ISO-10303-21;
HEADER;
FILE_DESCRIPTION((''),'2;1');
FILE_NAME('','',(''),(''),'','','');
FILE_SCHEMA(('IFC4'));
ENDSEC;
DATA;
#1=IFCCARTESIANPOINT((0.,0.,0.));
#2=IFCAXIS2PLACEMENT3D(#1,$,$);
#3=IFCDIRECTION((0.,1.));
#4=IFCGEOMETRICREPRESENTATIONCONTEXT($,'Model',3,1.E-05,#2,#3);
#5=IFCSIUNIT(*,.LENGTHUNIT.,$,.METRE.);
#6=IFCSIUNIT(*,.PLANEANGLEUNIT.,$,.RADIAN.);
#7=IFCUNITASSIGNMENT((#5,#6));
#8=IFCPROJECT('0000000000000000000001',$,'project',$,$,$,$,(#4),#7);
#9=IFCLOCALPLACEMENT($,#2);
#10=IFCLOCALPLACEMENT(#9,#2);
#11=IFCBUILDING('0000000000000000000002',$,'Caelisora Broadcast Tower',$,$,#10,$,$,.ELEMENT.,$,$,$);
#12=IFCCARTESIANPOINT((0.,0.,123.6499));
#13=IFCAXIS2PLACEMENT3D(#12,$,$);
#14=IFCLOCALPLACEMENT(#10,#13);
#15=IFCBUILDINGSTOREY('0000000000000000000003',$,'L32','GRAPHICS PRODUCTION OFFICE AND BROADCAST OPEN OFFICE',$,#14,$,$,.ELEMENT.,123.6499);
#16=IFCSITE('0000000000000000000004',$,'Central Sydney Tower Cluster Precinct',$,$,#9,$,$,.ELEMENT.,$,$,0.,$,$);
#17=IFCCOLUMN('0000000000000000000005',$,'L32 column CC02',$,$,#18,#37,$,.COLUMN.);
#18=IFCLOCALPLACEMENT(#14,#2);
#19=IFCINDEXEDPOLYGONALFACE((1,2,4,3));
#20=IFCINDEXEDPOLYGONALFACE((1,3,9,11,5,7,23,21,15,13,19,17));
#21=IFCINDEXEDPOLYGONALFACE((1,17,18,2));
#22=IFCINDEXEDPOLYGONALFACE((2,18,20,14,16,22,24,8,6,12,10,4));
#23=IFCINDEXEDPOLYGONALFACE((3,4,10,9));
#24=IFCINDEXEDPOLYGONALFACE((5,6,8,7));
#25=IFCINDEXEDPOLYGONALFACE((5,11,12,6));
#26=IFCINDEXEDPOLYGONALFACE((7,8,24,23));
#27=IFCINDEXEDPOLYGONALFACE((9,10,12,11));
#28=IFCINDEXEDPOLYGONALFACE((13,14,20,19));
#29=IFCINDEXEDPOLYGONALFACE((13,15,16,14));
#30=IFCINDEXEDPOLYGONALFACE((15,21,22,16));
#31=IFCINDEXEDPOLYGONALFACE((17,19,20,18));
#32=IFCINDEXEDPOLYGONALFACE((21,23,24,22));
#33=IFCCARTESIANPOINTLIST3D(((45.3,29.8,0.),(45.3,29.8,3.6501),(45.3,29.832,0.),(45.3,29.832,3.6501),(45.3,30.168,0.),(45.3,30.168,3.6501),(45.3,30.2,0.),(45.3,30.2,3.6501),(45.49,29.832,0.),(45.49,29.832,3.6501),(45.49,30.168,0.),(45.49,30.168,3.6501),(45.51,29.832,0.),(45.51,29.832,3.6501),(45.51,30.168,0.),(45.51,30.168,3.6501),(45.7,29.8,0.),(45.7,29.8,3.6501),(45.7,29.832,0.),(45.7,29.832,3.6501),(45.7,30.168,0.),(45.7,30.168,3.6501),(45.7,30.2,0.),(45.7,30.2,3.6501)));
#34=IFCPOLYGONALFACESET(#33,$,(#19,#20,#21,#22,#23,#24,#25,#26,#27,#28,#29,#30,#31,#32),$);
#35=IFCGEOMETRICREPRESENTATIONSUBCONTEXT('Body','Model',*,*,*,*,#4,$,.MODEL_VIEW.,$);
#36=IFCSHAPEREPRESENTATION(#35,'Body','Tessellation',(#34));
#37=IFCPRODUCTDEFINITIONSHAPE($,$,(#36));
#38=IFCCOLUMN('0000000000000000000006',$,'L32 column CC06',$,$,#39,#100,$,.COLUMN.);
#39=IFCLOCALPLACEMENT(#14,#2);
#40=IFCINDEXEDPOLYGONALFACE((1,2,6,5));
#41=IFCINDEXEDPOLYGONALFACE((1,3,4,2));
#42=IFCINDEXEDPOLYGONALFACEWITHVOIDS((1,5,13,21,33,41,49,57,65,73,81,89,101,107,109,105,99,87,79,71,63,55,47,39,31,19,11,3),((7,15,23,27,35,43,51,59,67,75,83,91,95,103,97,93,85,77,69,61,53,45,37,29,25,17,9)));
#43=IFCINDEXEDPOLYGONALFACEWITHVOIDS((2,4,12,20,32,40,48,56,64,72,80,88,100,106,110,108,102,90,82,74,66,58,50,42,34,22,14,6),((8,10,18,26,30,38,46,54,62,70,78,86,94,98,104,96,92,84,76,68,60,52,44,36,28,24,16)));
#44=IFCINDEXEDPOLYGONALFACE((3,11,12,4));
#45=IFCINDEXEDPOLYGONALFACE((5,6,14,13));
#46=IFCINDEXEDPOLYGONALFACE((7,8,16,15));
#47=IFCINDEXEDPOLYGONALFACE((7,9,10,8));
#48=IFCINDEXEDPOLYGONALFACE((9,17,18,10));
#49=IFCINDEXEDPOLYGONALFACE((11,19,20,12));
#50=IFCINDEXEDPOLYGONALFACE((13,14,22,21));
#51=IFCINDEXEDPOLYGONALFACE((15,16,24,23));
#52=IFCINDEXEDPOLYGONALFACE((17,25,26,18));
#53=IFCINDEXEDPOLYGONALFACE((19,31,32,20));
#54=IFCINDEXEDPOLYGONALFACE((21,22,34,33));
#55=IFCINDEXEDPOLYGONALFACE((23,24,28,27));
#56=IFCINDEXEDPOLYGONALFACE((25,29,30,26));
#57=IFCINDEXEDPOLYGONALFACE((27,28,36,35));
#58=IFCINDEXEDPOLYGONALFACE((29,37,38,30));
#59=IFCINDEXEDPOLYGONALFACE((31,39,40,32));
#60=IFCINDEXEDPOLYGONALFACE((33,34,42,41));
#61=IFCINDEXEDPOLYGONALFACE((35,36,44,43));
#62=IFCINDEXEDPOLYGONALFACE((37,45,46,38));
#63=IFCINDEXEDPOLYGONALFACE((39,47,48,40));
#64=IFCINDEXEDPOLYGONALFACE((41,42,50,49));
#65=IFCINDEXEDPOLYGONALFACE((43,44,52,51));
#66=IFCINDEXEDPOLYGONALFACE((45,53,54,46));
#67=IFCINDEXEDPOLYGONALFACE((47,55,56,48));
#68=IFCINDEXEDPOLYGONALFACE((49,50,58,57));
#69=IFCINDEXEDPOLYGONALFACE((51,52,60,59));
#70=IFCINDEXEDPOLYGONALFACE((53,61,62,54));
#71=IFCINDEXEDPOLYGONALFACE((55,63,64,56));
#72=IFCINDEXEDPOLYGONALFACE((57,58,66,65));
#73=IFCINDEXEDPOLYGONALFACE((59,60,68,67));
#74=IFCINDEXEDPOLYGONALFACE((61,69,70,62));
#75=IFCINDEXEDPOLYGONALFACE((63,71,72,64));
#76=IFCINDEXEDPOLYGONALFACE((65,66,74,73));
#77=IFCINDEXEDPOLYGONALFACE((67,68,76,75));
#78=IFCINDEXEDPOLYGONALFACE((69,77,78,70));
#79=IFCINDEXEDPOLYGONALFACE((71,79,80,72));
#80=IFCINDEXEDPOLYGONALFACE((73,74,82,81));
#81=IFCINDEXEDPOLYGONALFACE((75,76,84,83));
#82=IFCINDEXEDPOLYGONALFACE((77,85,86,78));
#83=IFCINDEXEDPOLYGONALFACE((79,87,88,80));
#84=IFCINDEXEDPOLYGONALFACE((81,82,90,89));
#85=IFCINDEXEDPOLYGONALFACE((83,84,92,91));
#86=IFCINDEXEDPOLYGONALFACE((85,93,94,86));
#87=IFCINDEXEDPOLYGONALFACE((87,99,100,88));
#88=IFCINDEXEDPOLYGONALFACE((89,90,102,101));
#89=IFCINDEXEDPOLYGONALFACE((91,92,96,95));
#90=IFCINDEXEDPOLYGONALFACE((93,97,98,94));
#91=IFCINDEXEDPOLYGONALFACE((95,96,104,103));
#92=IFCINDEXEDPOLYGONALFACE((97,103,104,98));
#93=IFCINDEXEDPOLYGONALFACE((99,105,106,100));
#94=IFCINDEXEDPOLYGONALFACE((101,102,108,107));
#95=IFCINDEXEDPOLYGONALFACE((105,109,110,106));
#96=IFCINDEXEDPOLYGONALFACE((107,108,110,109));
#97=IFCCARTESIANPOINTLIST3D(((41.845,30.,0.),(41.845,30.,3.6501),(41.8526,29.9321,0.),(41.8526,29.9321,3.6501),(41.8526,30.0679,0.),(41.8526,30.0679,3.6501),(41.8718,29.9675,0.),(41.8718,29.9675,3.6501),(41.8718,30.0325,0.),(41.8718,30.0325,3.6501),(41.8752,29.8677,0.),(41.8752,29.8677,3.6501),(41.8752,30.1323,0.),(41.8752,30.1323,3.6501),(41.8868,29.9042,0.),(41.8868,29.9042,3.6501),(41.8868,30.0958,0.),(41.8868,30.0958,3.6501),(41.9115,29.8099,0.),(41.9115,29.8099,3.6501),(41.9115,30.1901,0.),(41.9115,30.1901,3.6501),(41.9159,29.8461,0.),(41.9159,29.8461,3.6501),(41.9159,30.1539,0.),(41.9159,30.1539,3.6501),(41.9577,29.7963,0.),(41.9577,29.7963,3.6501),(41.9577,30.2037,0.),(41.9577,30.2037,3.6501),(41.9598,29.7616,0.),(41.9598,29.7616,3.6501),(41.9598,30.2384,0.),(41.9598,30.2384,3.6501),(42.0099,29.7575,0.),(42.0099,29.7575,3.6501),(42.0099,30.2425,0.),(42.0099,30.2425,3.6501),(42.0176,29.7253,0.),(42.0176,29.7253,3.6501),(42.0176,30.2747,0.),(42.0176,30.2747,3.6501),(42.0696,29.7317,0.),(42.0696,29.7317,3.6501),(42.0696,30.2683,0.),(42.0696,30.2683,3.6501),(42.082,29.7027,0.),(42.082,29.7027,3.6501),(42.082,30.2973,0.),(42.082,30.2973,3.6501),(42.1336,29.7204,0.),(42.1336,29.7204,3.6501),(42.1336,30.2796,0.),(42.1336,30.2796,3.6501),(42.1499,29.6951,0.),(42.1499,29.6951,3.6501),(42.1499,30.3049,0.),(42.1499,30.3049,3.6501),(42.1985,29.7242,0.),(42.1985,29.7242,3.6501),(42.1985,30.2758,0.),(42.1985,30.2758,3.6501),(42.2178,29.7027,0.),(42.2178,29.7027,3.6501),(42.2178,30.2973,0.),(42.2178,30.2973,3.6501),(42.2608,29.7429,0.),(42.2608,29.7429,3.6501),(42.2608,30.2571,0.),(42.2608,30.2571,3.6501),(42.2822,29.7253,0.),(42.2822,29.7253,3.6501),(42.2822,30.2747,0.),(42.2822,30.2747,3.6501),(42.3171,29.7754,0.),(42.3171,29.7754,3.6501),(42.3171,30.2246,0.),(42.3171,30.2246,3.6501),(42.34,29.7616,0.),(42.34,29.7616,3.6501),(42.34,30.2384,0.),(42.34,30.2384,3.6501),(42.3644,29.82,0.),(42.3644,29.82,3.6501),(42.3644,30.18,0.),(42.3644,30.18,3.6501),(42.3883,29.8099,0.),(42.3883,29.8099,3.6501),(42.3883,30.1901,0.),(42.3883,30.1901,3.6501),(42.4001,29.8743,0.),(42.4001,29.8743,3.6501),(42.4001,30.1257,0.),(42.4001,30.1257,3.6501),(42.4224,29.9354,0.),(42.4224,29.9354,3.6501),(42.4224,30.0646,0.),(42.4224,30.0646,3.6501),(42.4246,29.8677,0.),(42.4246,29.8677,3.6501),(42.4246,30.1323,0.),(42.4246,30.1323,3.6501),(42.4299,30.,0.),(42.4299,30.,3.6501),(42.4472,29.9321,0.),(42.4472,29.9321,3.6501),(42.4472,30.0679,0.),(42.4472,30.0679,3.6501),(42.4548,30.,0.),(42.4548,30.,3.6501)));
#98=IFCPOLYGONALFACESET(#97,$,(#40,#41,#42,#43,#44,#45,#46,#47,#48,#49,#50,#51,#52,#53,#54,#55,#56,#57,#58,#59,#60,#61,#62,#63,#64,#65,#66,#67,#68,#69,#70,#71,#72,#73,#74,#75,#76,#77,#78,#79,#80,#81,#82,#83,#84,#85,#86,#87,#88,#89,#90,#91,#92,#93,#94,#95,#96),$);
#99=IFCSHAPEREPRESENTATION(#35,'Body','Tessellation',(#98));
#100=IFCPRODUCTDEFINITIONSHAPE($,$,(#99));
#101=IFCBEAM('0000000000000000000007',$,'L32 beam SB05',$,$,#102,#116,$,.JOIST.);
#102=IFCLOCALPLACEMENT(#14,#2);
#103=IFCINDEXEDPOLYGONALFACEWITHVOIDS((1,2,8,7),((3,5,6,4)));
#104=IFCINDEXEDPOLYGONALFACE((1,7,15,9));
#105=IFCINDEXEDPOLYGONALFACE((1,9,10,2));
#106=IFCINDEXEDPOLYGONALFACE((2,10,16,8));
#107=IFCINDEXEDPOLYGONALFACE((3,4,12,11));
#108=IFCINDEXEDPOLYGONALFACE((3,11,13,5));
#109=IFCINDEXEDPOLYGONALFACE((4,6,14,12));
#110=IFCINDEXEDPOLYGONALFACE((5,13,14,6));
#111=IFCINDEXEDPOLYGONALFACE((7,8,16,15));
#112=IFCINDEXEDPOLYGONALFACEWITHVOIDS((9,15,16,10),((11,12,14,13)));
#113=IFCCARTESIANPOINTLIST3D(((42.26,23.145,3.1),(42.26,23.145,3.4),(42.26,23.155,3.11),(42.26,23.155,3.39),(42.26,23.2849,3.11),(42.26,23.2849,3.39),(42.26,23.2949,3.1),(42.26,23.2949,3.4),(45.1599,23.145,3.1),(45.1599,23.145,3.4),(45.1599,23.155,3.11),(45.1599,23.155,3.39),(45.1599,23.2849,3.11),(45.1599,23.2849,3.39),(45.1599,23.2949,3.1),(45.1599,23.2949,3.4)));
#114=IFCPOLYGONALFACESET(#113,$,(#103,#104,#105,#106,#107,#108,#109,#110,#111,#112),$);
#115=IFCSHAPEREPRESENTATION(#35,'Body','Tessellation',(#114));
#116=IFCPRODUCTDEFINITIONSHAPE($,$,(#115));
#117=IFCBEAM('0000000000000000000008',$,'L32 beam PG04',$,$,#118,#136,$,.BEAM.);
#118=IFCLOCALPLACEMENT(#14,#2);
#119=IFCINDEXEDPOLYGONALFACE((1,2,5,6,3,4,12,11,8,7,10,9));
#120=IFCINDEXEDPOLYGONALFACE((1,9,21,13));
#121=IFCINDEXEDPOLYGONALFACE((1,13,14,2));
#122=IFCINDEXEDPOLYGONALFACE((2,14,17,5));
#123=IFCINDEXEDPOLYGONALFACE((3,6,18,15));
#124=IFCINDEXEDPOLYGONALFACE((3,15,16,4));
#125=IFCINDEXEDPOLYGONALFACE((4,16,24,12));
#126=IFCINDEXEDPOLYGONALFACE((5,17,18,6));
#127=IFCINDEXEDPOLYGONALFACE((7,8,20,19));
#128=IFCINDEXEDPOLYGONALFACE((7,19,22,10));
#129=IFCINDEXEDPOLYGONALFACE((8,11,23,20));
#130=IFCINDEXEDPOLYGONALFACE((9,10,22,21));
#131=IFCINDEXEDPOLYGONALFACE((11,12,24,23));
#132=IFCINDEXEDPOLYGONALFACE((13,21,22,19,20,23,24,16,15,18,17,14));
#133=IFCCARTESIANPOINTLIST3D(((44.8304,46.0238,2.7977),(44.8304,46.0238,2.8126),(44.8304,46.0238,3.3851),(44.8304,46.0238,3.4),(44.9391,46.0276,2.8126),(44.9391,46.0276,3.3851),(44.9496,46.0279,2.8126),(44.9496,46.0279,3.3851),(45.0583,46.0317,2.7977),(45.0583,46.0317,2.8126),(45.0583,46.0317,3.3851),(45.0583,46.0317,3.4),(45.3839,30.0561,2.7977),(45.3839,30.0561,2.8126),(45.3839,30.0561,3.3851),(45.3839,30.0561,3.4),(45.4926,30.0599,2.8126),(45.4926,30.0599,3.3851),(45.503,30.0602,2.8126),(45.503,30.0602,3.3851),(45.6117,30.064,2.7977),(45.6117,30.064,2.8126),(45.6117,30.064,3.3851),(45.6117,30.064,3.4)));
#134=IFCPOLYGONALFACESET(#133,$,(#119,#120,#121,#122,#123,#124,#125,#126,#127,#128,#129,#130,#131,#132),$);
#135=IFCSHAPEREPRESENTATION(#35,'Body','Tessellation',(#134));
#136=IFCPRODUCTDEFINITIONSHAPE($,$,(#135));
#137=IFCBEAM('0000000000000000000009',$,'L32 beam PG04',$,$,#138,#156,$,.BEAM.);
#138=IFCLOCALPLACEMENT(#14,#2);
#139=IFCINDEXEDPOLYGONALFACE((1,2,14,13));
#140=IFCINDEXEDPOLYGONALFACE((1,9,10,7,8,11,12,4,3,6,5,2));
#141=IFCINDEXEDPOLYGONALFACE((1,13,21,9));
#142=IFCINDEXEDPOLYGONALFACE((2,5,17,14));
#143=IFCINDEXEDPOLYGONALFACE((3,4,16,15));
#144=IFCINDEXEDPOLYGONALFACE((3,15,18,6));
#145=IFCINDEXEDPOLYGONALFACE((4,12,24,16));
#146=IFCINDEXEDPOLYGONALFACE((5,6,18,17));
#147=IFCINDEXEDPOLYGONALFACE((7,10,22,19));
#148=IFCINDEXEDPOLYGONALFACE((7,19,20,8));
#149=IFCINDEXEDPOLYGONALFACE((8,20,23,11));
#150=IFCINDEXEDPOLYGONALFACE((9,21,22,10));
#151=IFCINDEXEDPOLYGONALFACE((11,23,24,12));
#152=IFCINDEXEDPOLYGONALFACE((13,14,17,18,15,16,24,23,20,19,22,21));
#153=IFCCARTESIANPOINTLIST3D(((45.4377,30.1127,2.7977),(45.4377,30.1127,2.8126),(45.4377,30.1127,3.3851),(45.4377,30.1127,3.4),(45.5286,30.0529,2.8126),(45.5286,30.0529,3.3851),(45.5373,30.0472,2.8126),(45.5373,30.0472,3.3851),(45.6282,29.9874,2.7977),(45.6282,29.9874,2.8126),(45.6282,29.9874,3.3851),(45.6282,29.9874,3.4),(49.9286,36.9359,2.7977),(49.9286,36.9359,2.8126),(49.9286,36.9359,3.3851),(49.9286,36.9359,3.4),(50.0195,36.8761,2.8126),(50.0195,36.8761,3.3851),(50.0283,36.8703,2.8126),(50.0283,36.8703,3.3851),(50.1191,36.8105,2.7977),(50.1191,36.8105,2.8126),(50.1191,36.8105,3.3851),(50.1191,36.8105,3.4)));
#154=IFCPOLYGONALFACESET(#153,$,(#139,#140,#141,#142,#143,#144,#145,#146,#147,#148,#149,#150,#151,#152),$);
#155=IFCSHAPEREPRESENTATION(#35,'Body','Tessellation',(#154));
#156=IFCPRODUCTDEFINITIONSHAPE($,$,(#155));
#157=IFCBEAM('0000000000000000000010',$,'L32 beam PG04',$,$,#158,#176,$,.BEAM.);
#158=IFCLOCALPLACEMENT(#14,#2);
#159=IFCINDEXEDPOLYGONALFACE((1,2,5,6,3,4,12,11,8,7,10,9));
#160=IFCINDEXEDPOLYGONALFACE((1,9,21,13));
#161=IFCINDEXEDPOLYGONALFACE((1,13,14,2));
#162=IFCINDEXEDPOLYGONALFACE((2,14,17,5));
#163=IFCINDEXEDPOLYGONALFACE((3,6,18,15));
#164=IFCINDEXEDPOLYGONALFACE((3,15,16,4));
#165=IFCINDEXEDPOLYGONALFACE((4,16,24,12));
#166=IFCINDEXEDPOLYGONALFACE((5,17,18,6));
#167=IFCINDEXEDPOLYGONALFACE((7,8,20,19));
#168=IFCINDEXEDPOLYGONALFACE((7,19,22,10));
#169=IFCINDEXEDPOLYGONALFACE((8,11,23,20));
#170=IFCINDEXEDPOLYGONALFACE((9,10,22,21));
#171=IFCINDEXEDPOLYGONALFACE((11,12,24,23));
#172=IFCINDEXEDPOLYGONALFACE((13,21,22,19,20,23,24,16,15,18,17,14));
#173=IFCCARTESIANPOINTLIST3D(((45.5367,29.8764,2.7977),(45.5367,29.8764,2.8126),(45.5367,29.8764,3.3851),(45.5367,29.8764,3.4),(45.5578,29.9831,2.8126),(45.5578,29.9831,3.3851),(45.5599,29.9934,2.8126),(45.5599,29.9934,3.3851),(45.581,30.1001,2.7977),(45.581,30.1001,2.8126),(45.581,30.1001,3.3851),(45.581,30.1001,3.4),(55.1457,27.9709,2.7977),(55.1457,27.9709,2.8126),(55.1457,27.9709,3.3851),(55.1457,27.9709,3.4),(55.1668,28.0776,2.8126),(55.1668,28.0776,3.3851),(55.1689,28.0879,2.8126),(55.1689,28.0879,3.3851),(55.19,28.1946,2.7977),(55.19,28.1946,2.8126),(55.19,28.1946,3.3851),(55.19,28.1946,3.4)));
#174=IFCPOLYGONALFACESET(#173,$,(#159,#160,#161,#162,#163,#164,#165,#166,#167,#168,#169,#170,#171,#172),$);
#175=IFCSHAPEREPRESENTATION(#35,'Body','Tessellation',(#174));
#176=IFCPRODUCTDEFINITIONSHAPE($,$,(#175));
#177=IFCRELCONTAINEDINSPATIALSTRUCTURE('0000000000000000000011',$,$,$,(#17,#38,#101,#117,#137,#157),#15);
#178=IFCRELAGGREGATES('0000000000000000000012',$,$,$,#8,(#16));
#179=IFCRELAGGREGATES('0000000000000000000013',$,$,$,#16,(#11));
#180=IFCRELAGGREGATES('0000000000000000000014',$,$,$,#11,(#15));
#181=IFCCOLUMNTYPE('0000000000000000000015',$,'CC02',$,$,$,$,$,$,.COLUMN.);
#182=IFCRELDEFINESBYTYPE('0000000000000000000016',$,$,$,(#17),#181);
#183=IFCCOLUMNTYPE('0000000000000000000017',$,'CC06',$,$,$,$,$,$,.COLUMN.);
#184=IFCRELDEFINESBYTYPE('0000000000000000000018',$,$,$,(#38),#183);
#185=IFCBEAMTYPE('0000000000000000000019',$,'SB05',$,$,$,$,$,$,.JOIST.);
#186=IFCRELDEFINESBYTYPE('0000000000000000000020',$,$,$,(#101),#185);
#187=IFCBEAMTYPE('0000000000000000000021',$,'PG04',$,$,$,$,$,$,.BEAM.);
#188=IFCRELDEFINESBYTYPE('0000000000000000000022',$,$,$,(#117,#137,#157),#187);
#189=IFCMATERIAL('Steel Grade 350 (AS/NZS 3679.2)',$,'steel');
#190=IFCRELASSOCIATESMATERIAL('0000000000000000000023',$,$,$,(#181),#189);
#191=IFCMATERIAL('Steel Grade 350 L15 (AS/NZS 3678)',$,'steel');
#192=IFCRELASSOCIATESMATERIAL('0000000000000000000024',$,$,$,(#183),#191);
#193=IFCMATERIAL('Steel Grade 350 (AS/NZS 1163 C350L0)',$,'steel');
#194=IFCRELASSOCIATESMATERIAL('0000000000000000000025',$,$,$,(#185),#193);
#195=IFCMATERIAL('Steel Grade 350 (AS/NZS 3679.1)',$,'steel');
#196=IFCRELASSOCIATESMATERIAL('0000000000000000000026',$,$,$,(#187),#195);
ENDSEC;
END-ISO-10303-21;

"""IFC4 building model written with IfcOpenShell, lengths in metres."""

from ifc_helpers import new_model, si_unit, direction, frame, origin, origin_2d, place, context, subcontext, project, spatial, hollow_rectangle, hollow_circle, i_section, extrude, source, transform, mapped, material, material_profile, profile_set, type_object, type_shapes, element, save


model = new_model("IFC4")

# Units and contexts
model_context = context("Model", 3, precision=1e-05, world=origin(), true_north=direction((0.0, 1.0)))
body_context = subcontext(model_context, "Body", "Model", "MODEL_VIEW")
ifc_project = project(units=[si_unit("LENGTHUNIT", "METRE"), si_unit("PLANEANGLEUNIT", "RADIAN")], contexts=[model_context])

# Site, building, storey
site_placement = place(None, origin())
site = spatial("IfcSite", under=ifc_project, at=site_placement, Name="Central Sydney Tower Cluster Precinct", CompositionType="ELEMENT", RefElevation=0.0)
building_placement = place(site_placement, origin())
building = spatial("IfcBuilding", under=site, at=building_placement, Name="Caelisora Broadcast Tower", CompositionType="ELEMENT")
storey_placement = place(building_placement, frame((0.0, 0.0, 123.6499)))
storey = spatial("IfcBuildingStorey", under=building, at=storey_placement, Name="L32", Description="GRAPHICS PRODUCTION OFFICE AND BROADCAST OPEN OFFICE", CompositionType="ELEMENT", Elevation=123.6499)

# Columns
ifc_material_1 = material(Name="Steel Grade 350 (AS/NZS 3679.2)", Category="steel")
ifc_material_profile_1 = material_profile(ifc_material_1, i_section(OverallWidth=0.3999, OverallDepth=0.3999, WebThickness=0.02, FlangeThickness=0.032, at=origin_2d()), Name="Steel Grade 350 (AS/NZS 3679.2)")
ifc_profile_set_1 = profile_set([ifc_material_profile_1], Name="Steel Grade 350 (AS/NZS 3679.2)")
column_type_1 = type_object("IfcColumnType", Name="CC02", PredefinedType="COLUMN", material=ifc_profile_set_1)
shared_shape_1 = source(origin(), body_context, "Body", "SweptSolid", [
    extrude(i_section(OverallWidth=0.3999, OverallDepth=0.3999, WebThickness=0.02, FlangeThickness=0.032, at=origin_2d()), origin(), (0.0, 0.0, 1.0), 3.6501),
])
type_shapes(column_type_1, [shared_shape_1])
column_1_placement = place(storey_placement, frame((45.5, 30.0, 0.0), z_axis=(0.0, 0.0, 1.0), x_axis=(1.0, 0.0, 0.0)))
element("IfcColumn", 1, at=column_1_placement, inside=storey, type_object=column_type_1, Name="L32 column CC02", PredefinedType="COLUMN", context=body_context, shape_type="MappedRepresentation", body=[
    mapped(shared_shape_1, transform((0.0, 0.0, 0.0), scale=1.0)),
])
ifc_material_2 = material(Name="Steel Grade 350 L15 (AS/NZS 3678)", Category="steel")
ifc_material_profile_2 = material_profile(ifc_material_2, hollow_circle(Radius=0.3049, WallThickness=0.0249, at=origin_2d()), Name="Steel Grade 350 L15 (AS/NZS 3678)")
ifc_profile_set_2 = profile_set([ifc_material_profile_2], Name="Steel Grade 350 L15 (AS/NZS 3678)")
column_type_2 = type_object("IfcColumnType", Name="CC06", PredefinedType="COLUMN", material=ifc_profile_set_2)
shared_shape_2 = source(origin(), body_context, "Body", "SweptSolid", [
    extrude(hollow_circle(Radius=0.3049, WallThickness=0.0249, at=origin_2d()), origin(), (0.0, 0.0, 1.0), 3.6501),
])
type_shapes(column_type_2, [shared_shape_2])
column_2_placement = place(storey_placement, frame((42.1499, 30.0, 0.0), z_axis=(0.0, 0.0, 1.0), x_axis=(1.0, 0.0, 0.0)))
element("IfcColumn", 2, at=column_2_placement, inside=storey, type_object=column_type_2, Name="L32 column CC06", PredefinedType="COLUMN", context=body_context, shape_type="MappedRepresentation", body=[
    mapped(shared_shape_2, transform((0.0, 0.0, 0.0), scale=1.0)),
])

# Beams
ifc_material_3 = material(Name="Steel Grade 350 (AS/NZS 1163 C350L0)", Category="steel")
ifc_material_profile_3 = material_profile(ifc_material_3, hollow_rectangle(XDim=0.1499, YDim=0.3, WallThickness=0.01, at=origin_2d()), Name="Steel Grade 350 (AS/NZS 1163 C350L0)")
ifc_profile_set_3 = profile_set([ifc_material_profile_3], Name="Steel Grade 350 (AS/NZS 1163 C350L0)")
beam_type_1 = type_object("IfcBeamType", Name="SB05", PredefinedType="JOIST", material=ifc_profile_set_3)
shared_shape_3 = source(origin(), body_context, "Body", "SweptSolid", [
    extrude(hollow_rectangle(XDim=0.1499, YDim=0.3, WallThickness=0.01, at=origin_2d()), origin(), (0.0, 0.0, 1.0), 2.8999),
])
type_shapes(beam_type_1, [shared_shape_3])
beam_1_placement = place(storey_placement, frame((42.26, 23.22, 3.25), z_axis=(1.0, 0.0, 0.0), x_axis=(0.0, 1.0, 0.0)))
element("IfcBeam", 3, at=beam_1_placement, inside=storey, type_object=beam_type_1, Name="L32 beam SB05", PredefinedType="JOIST", context=body_context, shape_type="MappedRepresentation", body=[
    mapped(shared_shape_3, transform((0.0, 0.0, 0.0), scale=1.0)),
])
ifc_material_4 = material(Name="Steel Grade 350 (AS/NZS 3679.1)", Category="steel")
ifc_material_profile_4 = material_profile(ifc_material_4, i_section(OverallWidth=0.228, OverallDepth=0.6023, WebThickness=0.0105, FlangeThickness=0.0149, at=origin_2d()), Name="Steel Grade 350 (AS/NZS 3679.1)")
ifc_profile_set_4 = profile_set([ifc_material_profile_4], Name="Steel Grade 350 (AS/NZS 3679.1)")
beam_type_2 = type_object("IfcBeamType", Name="PG04", PredefinedType="BEAM", material=ifc_profile_set_4)
shared_shape_4 = source(origin(), body_context, "Body", "SweptSolid", [
    extrude(i_section(OverallWidth=0.228, OverallDepth=0.6023, WebThickness=0.0105, FlangeThickness=0.0149, at=origin_2d()), origin(), (0.0, 0.0, 1.0), 15.9773),
])
beam_2_placement = place(storey_placement, frame((45.4978, 30.0601, 3.0989), z_axis=(-0.034641, 0.9994, 0.0), x_axis=(-0.9994, -0.034641, 0.0)))
element("IfcBeam", 4, at=beam_2_placement, inside=storey, type_object=beam_type_2, Name="L32 beam PG04", PredefinedType="BEAM", context=body_context, shape_type="MappedRepresentation", body=[
    mapped(shared_shape_4, transform((0.0, 0.0, 0.0), scale=1.0)),
])
shared_shape_5 = source(origin(), body_context, "Body", "SweptSolid", [
    extrude(i_section(OverallWidth=0.228, OverallDepth=0.6023, WebThickness=0.0105, FlangeThickness=0.0149, at=origin_2d()), origin(), (0.0, 0.0, 1.0), 8.1685),
])
beam_3_placement = place(storey_placement, frame((45.533, 30.05, 3.0989), z_axis=(0.549787, 0.835305, 0.0), x_axis=(-0.835305, 0.549787, 0.0)))
element("IfcBeam", 5, at=beam_3_placement, inside=storey, type_object=beam_type_2, Name="L32 beam PG04", PredefinedType="BEAM", context=body_context, shape_type="MappedRepresentation", body=[
    mapped(shared_shape_5, transform((0.0, 0.0, 0.0), scale=1.0)),
])
shared_shape_6 = source(origin(), body_context, "Body", "SweptSolid", [
    extrude(i_section(OverallWidth=0.228, OverallDepth=0.6023, WebThickness=0.0105, FlangeThickness=0.0149, at=origin_2d()), origin(), (0.0, 0.0, 1.0), 9.7961),
])
type_shapes(beam_type_2, [shared_shape_4, shared_shape_5, shared_shape_6])
beam_4_placement = place(storey_placement, frame((45.5588, 29.9883, 3.0989), z_axis=(0.9809, -0.194515, 0.0), x_axis=(0.194515, 0.9809, 0.0)))
element("IfcBeam", 6, at=beam_4_placement, inside=storey, type_object=beam_type_2, Name="L32 beam PG04", PredefinedType="BEAM", context=body_context, shape_type="MappedRepresentation", body=[
    mapped(shared_shape_6, transform((0.0, 0.0, 0.0), scale=1.0)),
])

save(model, "model.ifc")
